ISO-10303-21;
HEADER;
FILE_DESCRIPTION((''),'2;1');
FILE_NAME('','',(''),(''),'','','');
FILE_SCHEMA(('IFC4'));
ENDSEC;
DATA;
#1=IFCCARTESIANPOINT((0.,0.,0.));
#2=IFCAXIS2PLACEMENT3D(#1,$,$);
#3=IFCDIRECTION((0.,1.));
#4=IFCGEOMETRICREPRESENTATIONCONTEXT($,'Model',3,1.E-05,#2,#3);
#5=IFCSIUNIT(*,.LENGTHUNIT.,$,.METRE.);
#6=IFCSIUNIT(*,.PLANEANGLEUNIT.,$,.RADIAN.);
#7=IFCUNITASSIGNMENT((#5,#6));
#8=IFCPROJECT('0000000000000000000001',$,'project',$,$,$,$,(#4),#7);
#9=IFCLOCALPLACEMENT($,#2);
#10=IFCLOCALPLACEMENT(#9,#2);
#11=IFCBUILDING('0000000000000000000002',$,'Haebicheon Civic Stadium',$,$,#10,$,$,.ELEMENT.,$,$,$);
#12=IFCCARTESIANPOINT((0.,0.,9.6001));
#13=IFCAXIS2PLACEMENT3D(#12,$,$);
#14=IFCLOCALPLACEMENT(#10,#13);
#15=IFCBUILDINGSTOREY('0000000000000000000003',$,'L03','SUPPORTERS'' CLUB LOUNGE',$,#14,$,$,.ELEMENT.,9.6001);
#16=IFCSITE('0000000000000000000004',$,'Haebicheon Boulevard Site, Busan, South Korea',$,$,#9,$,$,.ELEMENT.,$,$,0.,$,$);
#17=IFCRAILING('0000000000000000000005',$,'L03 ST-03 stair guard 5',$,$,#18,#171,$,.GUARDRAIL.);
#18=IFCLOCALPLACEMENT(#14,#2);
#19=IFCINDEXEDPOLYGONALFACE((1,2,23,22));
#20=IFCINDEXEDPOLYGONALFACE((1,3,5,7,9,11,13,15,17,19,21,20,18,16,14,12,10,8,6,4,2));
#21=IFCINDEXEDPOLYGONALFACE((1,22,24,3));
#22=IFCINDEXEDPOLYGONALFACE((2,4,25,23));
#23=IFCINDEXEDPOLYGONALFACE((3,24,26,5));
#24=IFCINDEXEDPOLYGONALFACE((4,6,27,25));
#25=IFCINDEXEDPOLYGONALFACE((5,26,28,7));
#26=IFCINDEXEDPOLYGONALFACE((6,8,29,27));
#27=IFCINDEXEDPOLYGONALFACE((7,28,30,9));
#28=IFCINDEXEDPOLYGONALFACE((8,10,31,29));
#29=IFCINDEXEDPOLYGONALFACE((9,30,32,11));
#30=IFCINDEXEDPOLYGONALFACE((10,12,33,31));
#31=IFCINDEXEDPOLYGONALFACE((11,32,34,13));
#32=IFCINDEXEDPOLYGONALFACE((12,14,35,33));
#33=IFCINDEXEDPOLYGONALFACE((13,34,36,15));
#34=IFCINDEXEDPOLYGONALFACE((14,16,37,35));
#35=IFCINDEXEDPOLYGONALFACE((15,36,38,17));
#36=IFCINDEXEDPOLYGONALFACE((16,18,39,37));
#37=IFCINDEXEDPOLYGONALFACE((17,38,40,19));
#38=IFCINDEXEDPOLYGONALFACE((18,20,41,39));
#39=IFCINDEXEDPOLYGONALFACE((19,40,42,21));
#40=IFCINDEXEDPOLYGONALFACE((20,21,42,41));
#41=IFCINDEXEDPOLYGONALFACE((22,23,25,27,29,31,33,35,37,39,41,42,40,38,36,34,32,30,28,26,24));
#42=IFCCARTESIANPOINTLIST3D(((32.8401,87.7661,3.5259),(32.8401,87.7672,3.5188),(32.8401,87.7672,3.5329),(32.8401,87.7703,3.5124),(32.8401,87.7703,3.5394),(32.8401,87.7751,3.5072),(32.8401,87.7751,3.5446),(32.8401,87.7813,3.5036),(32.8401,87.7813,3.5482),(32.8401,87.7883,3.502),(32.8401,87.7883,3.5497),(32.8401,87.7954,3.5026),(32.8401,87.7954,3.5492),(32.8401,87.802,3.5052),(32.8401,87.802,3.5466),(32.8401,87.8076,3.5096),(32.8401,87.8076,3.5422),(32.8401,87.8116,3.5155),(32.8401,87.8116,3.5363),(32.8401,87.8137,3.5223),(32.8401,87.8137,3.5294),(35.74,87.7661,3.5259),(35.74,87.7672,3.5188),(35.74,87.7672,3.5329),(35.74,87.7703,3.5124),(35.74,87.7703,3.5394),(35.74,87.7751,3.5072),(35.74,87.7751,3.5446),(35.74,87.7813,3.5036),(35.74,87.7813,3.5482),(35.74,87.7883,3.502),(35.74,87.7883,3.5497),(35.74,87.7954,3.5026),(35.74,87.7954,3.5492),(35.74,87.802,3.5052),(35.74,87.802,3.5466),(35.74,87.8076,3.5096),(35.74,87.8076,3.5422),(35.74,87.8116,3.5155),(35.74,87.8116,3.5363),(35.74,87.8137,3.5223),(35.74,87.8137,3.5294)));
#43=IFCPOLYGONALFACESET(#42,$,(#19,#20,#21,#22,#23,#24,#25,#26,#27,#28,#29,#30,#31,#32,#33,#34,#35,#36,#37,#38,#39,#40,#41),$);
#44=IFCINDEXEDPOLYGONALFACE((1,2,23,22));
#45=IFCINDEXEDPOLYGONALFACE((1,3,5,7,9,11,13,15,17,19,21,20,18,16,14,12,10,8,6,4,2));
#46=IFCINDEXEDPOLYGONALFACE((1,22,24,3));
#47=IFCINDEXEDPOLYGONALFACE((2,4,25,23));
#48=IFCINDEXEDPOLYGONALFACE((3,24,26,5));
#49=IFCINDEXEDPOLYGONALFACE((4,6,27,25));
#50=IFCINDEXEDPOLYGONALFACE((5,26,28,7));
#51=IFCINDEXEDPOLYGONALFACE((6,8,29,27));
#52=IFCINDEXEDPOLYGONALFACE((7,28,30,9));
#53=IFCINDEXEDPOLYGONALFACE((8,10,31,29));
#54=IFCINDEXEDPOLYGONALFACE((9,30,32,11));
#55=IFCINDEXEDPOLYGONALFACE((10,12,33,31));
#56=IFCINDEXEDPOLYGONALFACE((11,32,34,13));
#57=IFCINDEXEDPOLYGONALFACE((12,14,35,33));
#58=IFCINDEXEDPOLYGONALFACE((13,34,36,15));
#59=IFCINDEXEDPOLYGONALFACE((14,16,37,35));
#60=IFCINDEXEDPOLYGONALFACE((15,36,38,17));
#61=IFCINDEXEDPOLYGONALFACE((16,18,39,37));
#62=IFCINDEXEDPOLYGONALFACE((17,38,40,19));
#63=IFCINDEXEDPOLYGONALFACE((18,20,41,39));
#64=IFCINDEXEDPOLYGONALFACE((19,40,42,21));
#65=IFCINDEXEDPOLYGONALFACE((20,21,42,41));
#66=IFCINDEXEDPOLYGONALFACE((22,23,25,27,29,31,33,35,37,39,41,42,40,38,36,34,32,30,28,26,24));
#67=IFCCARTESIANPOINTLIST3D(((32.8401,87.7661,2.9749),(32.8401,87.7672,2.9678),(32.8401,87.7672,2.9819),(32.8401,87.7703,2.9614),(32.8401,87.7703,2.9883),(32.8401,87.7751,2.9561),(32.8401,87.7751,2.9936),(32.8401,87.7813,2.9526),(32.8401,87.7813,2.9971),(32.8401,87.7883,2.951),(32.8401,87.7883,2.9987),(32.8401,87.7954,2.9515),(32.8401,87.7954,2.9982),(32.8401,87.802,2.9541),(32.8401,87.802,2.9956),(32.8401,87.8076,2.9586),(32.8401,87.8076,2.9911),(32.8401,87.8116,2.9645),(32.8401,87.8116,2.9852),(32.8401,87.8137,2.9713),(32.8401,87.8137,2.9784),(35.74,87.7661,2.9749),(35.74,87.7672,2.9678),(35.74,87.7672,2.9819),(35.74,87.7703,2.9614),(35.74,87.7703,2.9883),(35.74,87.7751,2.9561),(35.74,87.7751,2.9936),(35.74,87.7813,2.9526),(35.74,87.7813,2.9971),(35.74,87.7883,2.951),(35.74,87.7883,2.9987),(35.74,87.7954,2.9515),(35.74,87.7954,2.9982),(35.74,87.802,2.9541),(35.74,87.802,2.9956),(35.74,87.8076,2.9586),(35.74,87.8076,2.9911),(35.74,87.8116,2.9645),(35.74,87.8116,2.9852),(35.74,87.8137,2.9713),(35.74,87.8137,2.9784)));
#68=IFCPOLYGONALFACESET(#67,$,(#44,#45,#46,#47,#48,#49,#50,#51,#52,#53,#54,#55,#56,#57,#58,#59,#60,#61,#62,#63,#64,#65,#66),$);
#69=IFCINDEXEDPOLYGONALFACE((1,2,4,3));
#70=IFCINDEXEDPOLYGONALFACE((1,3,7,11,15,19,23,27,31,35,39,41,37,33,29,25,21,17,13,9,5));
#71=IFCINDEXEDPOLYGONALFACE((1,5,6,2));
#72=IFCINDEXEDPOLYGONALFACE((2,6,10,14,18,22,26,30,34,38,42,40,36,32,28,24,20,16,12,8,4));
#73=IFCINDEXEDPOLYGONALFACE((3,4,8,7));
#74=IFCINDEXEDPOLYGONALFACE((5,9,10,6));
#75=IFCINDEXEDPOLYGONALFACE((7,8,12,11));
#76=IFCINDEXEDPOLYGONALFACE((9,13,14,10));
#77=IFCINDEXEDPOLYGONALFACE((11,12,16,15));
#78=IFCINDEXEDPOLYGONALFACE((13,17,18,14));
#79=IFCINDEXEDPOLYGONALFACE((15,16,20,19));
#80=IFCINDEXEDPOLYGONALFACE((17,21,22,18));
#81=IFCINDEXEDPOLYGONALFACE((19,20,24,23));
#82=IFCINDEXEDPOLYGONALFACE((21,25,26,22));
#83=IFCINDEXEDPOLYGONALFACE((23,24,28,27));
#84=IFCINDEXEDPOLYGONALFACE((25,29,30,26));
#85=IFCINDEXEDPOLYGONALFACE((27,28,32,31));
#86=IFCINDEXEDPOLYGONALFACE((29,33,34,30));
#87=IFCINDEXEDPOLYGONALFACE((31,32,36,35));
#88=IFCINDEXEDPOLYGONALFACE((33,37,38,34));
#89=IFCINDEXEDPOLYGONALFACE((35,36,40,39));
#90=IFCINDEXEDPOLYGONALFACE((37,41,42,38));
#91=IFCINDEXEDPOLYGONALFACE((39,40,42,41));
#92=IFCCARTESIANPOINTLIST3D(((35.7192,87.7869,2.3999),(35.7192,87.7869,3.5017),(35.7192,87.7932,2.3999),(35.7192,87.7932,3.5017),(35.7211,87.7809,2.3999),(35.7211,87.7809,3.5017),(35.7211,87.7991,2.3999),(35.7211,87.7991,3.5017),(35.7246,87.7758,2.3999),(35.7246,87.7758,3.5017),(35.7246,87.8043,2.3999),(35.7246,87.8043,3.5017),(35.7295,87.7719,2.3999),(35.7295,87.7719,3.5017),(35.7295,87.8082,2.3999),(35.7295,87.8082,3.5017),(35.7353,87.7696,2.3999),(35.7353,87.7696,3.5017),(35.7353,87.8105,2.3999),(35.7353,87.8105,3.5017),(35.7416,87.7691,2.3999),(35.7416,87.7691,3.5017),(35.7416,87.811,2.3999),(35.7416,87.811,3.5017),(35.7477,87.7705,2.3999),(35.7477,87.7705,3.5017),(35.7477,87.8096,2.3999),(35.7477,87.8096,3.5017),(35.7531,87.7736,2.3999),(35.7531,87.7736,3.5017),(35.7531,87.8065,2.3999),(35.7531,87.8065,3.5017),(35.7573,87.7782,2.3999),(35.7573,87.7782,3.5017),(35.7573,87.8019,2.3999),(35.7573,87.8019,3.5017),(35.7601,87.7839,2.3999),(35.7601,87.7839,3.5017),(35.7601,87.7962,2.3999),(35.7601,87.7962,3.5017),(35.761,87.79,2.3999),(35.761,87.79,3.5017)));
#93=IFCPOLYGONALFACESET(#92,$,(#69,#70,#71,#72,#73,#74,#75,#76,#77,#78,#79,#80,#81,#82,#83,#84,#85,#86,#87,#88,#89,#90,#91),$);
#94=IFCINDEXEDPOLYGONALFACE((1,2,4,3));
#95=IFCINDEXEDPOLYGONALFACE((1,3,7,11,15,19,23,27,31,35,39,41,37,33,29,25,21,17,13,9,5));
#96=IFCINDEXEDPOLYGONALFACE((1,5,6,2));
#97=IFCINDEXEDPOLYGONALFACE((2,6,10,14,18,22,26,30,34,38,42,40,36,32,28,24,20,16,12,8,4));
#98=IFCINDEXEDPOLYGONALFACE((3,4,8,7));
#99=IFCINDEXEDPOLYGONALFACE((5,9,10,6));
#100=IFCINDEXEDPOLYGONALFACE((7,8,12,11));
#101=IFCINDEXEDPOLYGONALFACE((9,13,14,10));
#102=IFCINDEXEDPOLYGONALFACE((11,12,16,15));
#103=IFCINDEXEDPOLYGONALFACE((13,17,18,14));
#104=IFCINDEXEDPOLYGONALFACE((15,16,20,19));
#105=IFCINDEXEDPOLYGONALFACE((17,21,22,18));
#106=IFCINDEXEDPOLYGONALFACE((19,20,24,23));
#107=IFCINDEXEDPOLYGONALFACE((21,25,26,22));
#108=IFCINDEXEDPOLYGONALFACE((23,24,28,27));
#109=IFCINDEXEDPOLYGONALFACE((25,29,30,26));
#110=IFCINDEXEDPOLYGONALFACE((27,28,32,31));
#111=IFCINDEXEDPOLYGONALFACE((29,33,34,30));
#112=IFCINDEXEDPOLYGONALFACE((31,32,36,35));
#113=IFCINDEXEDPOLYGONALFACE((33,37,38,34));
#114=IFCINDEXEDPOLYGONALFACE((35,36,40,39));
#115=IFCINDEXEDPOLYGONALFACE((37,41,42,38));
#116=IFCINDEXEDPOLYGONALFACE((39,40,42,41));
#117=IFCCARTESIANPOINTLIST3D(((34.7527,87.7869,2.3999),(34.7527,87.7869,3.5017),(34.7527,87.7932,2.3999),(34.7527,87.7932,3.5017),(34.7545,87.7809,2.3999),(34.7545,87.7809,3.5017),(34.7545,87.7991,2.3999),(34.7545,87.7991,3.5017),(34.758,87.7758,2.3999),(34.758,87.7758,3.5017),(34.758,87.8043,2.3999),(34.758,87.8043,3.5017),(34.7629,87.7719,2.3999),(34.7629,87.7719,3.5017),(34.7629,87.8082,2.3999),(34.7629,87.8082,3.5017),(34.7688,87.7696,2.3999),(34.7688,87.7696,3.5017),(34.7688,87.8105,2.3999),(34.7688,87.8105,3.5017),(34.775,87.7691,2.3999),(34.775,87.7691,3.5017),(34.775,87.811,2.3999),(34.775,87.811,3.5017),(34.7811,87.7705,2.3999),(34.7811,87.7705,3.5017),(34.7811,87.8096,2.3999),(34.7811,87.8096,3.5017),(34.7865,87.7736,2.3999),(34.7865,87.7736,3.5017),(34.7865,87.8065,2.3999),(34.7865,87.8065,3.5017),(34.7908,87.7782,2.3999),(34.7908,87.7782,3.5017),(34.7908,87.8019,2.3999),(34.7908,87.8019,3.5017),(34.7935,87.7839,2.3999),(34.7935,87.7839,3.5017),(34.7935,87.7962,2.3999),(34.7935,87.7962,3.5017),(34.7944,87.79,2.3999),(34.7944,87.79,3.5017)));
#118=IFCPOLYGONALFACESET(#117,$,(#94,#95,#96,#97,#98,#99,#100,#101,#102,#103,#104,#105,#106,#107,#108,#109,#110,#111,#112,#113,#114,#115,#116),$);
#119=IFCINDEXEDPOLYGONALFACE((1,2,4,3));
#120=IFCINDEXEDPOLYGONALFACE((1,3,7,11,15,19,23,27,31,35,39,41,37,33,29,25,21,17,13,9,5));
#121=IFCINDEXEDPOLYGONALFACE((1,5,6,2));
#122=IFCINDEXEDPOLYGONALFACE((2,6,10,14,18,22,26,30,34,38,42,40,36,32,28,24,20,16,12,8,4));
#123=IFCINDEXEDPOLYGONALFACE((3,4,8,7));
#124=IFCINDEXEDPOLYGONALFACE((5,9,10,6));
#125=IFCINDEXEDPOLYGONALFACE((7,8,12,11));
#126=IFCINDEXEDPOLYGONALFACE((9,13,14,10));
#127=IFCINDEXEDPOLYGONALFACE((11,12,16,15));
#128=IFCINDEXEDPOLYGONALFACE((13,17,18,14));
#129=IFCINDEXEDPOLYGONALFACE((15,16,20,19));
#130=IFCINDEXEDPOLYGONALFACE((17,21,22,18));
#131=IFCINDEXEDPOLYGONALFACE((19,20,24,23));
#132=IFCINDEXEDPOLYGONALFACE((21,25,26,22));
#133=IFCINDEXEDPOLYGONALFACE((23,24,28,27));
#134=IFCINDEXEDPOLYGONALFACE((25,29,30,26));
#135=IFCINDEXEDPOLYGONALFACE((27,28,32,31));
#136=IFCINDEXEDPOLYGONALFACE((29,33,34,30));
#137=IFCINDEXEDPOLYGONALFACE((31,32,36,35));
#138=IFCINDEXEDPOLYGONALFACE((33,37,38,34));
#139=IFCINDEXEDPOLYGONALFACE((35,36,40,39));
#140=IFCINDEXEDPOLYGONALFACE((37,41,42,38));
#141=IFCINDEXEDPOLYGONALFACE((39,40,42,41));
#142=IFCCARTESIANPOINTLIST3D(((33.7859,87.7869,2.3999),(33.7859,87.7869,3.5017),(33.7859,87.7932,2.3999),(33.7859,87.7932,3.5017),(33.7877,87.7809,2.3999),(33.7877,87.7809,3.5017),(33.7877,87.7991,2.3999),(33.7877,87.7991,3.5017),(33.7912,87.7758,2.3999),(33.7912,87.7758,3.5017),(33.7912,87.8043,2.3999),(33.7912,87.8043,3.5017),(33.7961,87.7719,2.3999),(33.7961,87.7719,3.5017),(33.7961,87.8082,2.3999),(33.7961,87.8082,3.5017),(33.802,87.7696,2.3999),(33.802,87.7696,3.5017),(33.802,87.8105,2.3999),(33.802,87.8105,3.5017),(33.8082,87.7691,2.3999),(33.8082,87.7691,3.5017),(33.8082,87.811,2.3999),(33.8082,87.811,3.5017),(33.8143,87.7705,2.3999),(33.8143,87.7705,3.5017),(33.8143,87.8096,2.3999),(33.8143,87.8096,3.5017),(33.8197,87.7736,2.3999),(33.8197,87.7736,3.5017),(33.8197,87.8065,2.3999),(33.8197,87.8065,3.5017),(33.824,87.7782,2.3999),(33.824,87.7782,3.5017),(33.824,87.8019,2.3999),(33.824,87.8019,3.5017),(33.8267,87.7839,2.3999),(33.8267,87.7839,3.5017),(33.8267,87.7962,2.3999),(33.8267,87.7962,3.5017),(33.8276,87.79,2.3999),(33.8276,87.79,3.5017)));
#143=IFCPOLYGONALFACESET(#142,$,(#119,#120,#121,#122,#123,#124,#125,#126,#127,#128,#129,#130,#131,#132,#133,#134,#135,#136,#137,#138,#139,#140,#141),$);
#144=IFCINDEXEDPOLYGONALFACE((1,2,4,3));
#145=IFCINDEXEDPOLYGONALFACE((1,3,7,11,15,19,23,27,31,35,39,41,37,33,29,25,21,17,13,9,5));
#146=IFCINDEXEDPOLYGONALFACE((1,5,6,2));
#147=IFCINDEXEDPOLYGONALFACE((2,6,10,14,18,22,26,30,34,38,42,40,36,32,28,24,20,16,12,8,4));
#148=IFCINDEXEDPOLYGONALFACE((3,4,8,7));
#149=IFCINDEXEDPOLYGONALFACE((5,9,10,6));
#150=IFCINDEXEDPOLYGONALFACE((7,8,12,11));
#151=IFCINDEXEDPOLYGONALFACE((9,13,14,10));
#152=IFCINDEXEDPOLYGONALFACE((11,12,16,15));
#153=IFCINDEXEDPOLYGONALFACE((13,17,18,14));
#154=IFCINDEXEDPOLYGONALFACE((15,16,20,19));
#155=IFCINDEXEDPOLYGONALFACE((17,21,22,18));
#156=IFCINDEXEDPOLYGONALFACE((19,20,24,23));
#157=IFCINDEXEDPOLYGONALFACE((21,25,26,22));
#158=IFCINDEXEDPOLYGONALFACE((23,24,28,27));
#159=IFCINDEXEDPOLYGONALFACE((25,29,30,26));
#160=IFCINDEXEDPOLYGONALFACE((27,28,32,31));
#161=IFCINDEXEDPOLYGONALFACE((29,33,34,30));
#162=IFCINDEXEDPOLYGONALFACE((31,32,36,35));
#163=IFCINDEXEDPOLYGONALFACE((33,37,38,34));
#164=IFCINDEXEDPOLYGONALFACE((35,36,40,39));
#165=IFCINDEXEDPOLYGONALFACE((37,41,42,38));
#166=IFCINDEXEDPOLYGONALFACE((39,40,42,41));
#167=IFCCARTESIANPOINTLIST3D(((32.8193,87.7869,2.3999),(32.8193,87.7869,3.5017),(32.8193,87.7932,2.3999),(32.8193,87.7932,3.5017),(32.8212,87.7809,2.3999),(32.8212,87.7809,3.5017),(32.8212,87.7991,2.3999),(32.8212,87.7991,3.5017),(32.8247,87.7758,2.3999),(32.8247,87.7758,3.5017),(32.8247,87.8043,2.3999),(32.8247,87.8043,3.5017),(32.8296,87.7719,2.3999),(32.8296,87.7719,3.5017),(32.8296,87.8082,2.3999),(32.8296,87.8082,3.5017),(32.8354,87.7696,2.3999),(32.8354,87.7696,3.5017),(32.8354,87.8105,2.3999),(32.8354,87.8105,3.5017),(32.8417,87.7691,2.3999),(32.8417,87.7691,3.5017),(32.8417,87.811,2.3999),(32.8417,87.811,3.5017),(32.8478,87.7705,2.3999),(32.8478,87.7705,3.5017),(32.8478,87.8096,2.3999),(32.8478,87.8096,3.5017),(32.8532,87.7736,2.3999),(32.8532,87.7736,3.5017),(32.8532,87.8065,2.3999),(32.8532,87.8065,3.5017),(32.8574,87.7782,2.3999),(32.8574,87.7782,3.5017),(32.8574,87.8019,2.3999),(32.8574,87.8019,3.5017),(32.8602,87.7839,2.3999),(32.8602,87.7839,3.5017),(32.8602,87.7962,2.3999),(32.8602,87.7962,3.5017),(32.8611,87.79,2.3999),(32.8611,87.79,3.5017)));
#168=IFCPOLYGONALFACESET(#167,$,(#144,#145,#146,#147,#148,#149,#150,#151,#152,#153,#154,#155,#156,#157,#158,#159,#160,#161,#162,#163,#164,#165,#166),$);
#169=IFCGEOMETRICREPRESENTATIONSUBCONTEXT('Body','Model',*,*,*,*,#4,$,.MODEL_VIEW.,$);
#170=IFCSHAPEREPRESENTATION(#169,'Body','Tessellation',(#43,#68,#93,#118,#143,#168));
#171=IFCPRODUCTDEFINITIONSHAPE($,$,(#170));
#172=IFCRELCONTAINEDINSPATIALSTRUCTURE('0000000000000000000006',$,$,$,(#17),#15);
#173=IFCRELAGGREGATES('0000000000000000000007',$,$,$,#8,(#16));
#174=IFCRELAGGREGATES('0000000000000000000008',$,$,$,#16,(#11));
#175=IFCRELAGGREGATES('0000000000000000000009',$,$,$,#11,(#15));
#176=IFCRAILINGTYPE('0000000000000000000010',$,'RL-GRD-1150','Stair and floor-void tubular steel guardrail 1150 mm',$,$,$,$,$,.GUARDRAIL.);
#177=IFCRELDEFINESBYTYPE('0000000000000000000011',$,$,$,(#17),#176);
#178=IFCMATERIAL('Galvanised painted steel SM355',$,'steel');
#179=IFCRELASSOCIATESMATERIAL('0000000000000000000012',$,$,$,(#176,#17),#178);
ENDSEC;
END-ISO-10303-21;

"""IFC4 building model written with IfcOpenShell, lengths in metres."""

from ifc_helpers import new_model, si_unit, direction, frame, origin, origin_2d, place, context, subcontext, project, spatial, circle, extrude, material, type_object, element, save


model = new_model("IFC4")

# Units and contexts
model_context = context("Model", 3, precision=1e-05, world=origin(), true_north=direction((0.0, 1.0)))
body_context = subcontext(model_context, "Body", "Model", "MODEL_VIEW")
ifc_project = project(units=[si_unit("LENGTHUNIT", "METRE"), si_unit("PLANEANGLEUNIT", "RADIAN")], contexts=[model_context])

# Site, building, storey
site_placement = place(None, origin())
site = spatial("IfcSite", under=ifc_project, at=site_placement, Name="Haebicheon Boulevard Site, Busan, South Korea", CompositionType="ELEMENT", RefElevation=0.0)
building_placement = place(site_placement, origin())
building = spatial("IfcBuilding", under=site, at=building_placement, Name="Haebicheon Civic Stadium", CompositionType="ELEMENT")
storey_placement = place(building_placement, frame((0.0, 0.0, 9.6001)))
storey = spatial("IfcBuildingStorey", under=building, at=storey_placement, Name="L03", Description="SUPPORTERS' CLUB LOUNGE", CompositionType="ELEMENT", Elevation=9.6001)

# Railing
ifc_material_1 = material(Name="Galvanised painted steel SM355", Category="steel")
railing_type_1 = type_object("IfcRailingType", Name="RL-GRD-1150", Description="Stair and floor-void tubular steel guardrail 1150 mm", PredefinedType="GUARDRAIL", material=ifc_material_1)
railing_1_placement = place(storey_placement, frame((35.74, 87.79, 2.3999)))
element("IfcRailing", 1, at=railing_1_placement, inside=storey, type_object=railing_type_1, material=ifc_material_1, Name="L03 ST-03 stair guard 5", PredefinedType="GUARDRAIL", context=body_context, shape_type="SweptSolid", body=[
    extrude(circle(Radius=0.0239, at=origin_2d()), frame((0.0, 0.0, 1.126), z_axis=(-1.0, 0.0, 0.0), x_axis=(0.0, -1.0, 0.0)), (0.0, 0.0, 1.0), 2.8999),
    extrude(circle(Radius=0.0239, at=origin_2d()), frame((0.0, 0.0, 0.575), z_axis=(-1.0, 0.0, 0.0), x_axis=(0.0, -1.0, 0.0)), (0.0, 0.0, 1.0), 2.8999),
    extrude(circle(Radius=0.021, at=origin_2d()), origin(), (0.0, 0.0, 1.0), 1.1018),
    extrude(circle(Radius=0.021, at=origin_2d()), frame((-0.9666, 0.0, 0.0)), (0.0, 0.0, 1.0), 1.1018),
    extrude(circle(Radius=0.021, at=origin_2d()), frame((-1.9333, 0.0, 0.0)), (0.0, 0.0, 1.0), 1.1018),
    extrude(circle(Radius=0.021, at=origin_2d()), frame((-2.8999, 0.0, 0.0)), (0.0, 0.0, 1.0), 1.1018),
])

save(model, "model.ifc")
